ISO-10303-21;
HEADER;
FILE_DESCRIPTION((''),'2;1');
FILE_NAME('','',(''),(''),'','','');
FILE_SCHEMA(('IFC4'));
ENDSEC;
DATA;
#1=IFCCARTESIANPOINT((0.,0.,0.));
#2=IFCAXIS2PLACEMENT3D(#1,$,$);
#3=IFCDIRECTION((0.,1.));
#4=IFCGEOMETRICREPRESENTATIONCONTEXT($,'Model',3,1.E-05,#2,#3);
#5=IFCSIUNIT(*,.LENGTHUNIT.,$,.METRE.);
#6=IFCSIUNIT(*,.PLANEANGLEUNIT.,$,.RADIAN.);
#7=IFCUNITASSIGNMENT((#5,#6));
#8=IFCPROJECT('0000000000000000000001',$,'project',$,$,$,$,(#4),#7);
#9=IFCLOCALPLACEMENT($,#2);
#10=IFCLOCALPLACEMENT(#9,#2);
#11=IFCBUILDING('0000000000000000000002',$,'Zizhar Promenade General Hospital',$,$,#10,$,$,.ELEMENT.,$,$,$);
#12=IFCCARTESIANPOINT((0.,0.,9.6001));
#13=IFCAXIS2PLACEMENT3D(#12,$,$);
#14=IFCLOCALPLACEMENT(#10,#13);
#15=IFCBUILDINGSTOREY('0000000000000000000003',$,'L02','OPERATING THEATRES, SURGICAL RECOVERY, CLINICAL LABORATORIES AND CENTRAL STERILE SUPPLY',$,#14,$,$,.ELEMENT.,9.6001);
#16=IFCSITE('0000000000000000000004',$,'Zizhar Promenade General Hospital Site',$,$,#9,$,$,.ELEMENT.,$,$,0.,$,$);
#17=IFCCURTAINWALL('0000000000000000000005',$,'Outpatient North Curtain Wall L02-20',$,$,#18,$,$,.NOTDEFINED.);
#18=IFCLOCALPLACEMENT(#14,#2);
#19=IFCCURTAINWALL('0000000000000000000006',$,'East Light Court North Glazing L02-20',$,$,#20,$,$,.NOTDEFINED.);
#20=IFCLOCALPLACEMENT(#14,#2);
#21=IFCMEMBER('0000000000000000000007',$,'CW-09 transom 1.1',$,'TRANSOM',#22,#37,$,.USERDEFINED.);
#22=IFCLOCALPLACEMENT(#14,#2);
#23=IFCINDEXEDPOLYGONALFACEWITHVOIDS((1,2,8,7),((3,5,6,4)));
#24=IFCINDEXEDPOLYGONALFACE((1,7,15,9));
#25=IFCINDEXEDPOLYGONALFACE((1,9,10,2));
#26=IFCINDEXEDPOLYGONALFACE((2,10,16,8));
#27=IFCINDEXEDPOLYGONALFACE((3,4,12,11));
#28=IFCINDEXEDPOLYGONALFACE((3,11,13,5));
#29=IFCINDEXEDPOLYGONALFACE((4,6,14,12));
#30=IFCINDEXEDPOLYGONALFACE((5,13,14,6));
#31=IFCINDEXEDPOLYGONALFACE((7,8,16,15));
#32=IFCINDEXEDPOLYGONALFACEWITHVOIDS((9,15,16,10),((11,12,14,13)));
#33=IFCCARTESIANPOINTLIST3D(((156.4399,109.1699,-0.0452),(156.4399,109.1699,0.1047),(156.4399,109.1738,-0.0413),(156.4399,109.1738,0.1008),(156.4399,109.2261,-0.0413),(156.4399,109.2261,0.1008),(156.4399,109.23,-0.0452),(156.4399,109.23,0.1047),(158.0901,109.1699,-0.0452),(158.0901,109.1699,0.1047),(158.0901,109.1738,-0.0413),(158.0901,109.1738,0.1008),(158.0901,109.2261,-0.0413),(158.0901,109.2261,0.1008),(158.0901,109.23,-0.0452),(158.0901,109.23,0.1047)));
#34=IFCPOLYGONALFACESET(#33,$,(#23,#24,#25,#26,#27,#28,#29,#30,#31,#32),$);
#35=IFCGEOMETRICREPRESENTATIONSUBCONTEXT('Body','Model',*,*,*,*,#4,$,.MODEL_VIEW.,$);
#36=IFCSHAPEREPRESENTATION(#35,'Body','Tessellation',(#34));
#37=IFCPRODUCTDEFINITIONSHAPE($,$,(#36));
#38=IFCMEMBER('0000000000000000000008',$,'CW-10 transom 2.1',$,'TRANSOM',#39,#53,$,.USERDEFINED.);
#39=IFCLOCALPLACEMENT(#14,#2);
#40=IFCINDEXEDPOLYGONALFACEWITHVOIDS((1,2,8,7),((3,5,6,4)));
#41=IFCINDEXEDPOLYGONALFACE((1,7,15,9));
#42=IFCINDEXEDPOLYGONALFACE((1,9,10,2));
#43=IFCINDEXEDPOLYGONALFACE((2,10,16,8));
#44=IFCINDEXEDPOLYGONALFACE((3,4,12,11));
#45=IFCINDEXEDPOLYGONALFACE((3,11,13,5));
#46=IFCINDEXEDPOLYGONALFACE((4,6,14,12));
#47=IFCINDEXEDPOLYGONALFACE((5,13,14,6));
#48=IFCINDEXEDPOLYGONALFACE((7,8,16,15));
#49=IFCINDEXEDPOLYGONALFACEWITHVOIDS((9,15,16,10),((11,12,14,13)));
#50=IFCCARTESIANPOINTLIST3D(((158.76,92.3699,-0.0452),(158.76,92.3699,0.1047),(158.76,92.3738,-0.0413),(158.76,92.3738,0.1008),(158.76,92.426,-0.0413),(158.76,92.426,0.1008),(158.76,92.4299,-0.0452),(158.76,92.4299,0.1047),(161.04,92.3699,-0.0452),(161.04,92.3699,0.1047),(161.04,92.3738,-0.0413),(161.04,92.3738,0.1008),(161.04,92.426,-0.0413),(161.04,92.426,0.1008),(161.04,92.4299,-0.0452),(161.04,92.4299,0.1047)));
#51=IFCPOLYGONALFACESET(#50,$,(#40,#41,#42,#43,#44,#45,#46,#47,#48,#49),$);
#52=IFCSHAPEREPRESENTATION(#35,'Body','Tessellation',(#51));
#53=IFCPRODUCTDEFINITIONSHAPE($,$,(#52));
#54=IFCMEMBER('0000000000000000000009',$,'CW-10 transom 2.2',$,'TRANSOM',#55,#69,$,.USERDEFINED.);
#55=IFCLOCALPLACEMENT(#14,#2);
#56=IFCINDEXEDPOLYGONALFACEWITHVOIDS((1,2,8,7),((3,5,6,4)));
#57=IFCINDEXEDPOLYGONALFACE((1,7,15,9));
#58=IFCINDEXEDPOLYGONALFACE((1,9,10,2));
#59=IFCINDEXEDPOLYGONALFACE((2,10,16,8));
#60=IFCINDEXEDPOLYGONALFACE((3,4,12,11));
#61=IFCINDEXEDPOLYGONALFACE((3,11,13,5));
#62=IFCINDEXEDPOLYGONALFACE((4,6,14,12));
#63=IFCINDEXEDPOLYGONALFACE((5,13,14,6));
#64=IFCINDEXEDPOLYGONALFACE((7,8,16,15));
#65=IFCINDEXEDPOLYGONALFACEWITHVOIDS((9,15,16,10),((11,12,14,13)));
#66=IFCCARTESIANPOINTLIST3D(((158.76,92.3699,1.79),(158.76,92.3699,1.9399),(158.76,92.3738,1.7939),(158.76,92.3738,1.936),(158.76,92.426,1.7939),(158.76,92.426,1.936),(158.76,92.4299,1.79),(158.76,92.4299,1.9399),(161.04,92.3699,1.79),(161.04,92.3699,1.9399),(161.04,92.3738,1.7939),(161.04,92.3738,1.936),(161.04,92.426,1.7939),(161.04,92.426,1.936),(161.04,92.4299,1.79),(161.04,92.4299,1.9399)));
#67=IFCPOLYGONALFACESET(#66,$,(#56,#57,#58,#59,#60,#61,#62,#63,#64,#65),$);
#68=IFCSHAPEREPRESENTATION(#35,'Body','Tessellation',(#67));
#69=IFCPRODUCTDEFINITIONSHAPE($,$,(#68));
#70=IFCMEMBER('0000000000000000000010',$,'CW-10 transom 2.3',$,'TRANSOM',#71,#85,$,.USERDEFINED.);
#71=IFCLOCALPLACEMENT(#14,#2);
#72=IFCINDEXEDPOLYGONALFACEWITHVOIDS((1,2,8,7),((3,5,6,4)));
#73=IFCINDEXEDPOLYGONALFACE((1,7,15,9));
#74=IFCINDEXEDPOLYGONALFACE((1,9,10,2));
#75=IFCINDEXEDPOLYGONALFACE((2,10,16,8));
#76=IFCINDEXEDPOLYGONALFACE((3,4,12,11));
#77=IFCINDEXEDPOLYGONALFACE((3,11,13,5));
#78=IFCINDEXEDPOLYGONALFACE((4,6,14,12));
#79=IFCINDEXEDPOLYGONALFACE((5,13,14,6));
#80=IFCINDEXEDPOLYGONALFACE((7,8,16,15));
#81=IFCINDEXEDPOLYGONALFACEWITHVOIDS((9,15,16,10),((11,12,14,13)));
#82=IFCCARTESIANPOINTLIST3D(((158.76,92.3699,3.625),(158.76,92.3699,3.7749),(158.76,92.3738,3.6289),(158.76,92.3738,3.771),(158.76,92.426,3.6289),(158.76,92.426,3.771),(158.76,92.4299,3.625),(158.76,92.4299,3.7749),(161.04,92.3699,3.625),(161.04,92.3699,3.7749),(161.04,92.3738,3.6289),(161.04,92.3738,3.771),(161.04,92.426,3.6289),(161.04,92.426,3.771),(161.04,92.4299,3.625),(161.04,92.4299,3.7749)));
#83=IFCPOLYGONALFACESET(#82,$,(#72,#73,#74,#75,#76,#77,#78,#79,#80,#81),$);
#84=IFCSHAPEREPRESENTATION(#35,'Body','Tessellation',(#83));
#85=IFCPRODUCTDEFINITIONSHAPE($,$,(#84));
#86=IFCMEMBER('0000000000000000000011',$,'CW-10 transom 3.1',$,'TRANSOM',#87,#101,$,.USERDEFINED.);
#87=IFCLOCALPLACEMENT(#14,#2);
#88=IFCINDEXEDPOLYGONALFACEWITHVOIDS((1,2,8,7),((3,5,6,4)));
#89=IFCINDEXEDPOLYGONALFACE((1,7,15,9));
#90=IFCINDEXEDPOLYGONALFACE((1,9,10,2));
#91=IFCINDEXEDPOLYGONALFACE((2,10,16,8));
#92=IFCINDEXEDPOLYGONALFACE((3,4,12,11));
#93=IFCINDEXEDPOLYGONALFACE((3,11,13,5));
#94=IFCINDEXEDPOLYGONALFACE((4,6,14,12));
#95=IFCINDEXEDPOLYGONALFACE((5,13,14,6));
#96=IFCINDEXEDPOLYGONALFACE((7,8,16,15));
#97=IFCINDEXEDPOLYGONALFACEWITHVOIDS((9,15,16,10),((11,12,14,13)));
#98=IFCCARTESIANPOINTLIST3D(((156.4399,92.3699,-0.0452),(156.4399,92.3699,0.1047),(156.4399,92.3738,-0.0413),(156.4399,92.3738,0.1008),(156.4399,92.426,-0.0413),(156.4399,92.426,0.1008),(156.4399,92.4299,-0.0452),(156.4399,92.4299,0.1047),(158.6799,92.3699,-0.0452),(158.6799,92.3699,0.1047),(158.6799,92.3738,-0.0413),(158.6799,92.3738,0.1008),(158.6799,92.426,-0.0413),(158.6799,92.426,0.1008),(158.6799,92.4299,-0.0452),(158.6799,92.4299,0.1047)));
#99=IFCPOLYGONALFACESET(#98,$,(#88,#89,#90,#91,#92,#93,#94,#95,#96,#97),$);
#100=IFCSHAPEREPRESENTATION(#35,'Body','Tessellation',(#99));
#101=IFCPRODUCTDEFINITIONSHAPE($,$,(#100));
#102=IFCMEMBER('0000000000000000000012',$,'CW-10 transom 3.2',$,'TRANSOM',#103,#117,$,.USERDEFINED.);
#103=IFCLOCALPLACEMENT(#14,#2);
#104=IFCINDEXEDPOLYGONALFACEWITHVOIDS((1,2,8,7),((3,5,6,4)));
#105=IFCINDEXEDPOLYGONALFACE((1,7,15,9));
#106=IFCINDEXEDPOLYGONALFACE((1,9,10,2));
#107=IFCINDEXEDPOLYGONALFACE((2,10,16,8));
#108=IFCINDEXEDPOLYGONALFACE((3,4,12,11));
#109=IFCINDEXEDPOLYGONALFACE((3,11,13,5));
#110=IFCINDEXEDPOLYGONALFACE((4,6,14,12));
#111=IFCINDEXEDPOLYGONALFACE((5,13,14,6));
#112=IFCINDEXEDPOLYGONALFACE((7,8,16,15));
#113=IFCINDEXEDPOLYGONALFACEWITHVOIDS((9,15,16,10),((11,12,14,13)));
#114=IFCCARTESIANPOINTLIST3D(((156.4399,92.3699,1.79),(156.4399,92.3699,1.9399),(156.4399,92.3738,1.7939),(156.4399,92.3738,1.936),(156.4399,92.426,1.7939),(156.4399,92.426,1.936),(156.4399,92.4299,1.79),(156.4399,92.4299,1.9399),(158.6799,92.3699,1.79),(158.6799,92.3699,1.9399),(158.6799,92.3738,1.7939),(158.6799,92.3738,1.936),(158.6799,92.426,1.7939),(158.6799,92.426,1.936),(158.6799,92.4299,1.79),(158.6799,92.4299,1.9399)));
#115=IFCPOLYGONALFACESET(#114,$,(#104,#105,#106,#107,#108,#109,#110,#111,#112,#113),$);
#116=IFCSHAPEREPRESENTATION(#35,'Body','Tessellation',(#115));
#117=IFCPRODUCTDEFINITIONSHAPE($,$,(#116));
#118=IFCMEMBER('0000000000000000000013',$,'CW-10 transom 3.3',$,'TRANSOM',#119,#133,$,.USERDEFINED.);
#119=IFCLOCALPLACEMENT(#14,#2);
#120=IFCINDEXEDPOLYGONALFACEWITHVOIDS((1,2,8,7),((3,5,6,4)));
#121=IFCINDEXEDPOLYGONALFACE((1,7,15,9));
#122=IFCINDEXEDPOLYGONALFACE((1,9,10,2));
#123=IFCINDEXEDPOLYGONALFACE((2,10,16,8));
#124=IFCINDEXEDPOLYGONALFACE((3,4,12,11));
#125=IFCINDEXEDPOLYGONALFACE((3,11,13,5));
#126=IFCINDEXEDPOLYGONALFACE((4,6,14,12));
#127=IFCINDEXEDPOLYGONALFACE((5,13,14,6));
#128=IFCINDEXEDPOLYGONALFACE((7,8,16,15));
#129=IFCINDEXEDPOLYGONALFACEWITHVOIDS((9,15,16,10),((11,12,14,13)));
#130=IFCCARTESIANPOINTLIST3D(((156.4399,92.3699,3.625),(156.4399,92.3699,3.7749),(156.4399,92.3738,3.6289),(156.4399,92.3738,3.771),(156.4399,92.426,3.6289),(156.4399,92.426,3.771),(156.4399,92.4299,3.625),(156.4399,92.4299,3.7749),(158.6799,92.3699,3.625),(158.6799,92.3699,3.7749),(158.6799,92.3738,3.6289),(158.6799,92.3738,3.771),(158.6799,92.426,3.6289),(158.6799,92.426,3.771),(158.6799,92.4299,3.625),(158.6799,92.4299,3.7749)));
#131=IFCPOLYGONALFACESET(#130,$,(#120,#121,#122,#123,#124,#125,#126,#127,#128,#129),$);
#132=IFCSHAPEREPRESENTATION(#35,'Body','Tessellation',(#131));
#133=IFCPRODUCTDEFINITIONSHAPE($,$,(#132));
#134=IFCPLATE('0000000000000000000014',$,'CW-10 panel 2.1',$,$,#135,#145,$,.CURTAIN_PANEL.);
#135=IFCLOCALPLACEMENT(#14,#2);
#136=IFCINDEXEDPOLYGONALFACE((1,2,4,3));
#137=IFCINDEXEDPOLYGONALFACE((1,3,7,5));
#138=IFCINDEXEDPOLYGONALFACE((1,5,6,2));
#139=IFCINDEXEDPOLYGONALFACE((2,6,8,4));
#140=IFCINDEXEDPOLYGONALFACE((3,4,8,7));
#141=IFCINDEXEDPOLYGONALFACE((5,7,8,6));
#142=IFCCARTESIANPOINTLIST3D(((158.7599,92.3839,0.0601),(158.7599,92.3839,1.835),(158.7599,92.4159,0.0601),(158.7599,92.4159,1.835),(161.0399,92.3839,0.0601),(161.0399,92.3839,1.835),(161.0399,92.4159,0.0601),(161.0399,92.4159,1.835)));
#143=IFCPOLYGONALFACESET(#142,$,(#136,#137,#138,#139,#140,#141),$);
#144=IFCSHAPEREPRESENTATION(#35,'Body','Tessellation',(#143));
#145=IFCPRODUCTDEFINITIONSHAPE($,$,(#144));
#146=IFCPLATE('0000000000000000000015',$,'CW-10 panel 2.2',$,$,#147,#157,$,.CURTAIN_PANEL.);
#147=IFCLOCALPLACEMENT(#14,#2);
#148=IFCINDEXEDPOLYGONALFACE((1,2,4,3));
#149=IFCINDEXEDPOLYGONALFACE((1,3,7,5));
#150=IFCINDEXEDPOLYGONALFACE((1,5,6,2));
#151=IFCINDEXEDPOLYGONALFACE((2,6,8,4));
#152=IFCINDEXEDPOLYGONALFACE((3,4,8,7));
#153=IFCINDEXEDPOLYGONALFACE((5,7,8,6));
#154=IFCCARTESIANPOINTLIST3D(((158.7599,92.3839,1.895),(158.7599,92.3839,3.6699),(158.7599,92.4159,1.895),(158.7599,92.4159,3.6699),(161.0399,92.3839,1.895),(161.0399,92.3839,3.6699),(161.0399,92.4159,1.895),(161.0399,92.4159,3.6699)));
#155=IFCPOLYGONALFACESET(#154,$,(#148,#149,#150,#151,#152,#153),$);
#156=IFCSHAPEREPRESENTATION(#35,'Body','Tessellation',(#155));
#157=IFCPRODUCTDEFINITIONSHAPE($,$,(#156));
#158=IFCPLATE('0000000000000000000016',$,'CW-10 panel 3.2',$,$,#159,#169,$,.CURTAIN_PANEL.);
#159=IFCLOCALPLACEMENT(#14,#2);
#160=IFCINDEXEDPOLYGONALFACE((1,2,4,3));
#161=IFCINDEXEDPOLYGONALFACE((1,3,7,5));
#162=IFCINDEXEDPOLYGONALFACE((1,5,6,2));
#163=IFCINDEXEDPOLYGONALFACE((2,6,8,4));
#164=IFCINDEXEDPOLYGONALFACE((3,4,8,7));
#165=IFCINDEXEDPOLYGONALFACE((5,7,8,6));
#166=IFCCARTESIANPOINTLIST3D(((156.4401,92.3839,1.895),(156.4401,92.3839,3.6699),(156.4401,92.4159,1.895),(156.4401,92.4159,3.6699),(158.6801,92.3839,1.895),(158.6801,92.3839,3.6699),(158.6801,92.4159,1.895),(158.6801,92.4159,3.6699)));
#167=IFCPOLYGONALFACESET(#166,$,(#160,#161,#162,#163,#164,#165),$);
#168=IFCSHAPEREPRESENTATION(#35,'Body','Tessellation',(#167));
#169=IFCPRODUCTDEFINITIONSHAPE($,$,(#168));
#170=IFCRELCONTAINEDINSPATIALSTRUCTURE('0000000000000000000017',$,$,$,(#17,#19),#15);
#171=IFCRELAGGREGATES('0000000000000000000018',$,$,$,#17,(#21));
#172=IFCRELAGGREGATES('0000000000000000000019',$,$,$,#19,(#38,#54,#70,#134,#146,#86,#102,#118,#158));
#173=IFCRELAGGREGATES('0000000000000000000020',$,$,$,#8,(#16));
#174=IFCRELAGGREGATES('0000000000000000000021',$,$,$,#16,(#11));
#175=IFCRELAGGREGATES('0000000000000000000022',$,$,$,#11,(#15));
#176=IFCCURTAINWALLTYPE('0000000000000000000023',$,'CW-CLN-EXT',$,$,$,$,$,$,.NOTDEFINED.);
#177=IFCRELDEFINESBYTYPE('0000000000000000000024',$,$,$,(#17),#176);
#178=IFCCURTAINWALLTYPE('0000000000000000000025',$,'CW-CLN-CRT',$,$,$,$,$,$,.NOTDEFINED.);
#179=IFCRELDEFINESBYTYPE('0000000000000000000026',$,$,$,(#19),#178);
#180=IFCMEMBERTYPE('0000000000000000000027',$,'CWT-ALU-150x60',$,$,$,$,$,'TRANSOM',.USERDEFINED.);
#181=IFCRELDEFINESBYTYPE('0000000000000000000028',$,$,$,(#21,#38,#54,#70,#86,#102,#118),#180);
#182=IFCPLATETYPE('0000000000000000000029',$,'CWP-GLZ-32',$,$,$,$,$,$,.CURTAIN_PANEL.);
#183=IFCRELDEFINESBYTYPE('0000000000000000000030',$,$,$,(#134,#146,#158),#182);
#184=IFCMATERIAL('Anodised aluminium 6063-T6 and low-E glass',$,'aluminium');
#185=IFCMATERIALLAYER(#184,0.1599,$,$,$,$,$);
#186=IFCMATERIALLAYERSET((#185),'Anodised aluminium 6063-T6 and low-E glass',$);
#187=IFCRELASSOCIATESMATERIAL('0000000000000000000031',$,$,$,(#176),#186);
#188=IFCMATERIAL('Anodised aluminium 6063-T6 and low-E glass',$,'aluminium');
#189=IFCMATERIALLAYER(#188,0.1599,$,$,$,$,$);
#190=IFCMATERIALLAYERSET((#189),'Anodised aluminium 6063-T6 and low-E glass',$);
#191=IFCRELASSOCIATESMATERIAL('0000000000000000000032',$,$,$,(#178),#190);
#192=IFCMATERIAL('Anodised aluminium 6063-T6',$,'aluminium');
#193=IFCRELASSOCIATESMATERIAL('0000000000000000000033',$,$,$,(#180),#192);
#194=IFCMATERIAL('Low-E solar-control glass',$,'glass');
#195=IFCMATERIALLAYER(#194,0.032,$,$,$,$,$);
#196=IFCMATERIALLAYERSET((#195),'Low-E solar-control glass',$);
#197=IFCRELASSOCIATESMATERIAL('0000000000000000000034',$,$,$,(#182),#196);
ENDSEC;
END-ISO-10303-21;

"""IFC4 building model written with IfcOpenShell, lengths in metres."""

from ifc_helpers import new_model, si_unit, direction, frame, origin, origin_2d, place, context, subcontext, project, spatial, rectangle, hollow_rectangle, extrude, material, layer, layer_set, material_profile, profile_set, type_object, element, aggregate, save


model = new_model("IFC4")

# Units and contexts
model_context = context("Model", 3, precision=1e-05, world=origin(), true_north=direction((0.0, 1.0)))
body_context = subcontext(model_context, "Body", "Model", "MODEL_VIEW")
ifc_project = project(units=[si_unit("LENGTHUNIT", "METRE"), si_unit("PLANEANGLEUNIT", "RADIAN")], contexts=[model_context])

# Site, building, storey
site_placement = place(None, origin())
site = spatial("IfcSite", under=ifc_project, at=site_placement, Name="Zizhar Promenade General Hospital Site", CompositionType="ELEMENT", RefElevation=0.0)
building_placement = place(site_placement, origin())
building = spatial("IfcBuilding", under=site, at=building_placement, Name="Zizhar Promenade General Hospital", CompositionType="ELEMENT")
storey_placement = place(building_placement, frame((0.0, 0.0, 9.6001)))
storey = spatial("IfcBuildingStorey", under=building, at=storey_placement, Name="L02", Description="OPERATING THEATRES, SURGICAL RECOVERY, CLINICAL LABORATORIES AND CENTRAL STERILE SUPPLY", CompositionType="ELEMENT", Elevation=9.6001)

# Curtain walls
ifc_material_1 = material(Name="Anodised aluminium 6063-T6 and low-E glass", Category="aluminium")
ifc_layer_1 = layer(ifc_material_1, 0.1599)
ifc_layer_set_1 = layer_set([ifc_layer_1], Name="Anodised aluminium 6063-T6 and low-E glass")
curtain_wall_type_1 = type_object("IfcCurtainWallType", Name="CW-CLN-EXT", PredefinedType="NOTDEFINED", material=ifc_layer_set_1)
curtain_wall_1_placement = place(storey_placement, origin())
curtain_wall_1 = element("IfcCurtainWall", 1, at=curtain_wall_1_placement, inside=storey, type_object=curtain_wall_type_1, Name="Outpatient North Curtain Wall L02-20", PredefinedType="NOTDEFINED")
ifc_material_2 = material(Name="Anodised aluminium 6063-T6 and low-E glass", Category="aluminium")
ifc_layer_2 = layer(ifc_material_2, 0.1599)
ifc_layer_set_2 = layer_set([ifc_layer_2], Name="Anodised aluminium 6063-T6 and low-E glass")
curtain_wall_type_2 = type_object("IfcCurtainWallType", Name="CW-CLN-CRT", PredefinedType="NOTDEFINED", material=ifc_layer_set_2)
curtain_wall_2_placement = place(storey_placement, origin())
curtain_wall_2 = element("IfcCurtainWall", 2, at=curtain_wall_2_placement, inside=storey, type_object=curtain_wall_type_2, Name="East Light Court North Glazing L02-20", PredefinedType="NOTDEFINED")

# Members
ifc_material_3 = material(Name="Anodised aluminium 6063-T6", Category="aluminium")
ifc_material_profile_1 = material_profile(ifc_material_3, hollow_rectangle(XDim=0.0601, YDim=0.1499, WallThickness=0.0039, at=origin_2d()))
ifc_profile_set_1 = profile_set([ifc_material_profile_1], Name="Anodised aluminium 6063-T6")
member_type_1 = type_object("IfcMemberType", Name="CWT-ALU-150x60", ElementType="TRANSOM", PredefinedType="USERDEFINED", material=ifc_profile_set_1)
member_1_placement = place(storey_placement, frame((156.4399, 109.2, 0.0298), z_axis=(1.0, 0.0, 0.0), x_axis=(0.0, 1.0, 0.0)))
member_1 = element("IfcMember", 3, at=member_1_placement, type_object=member_type_1, Name="CW-09 transom 1.1", ObjectType="TRANSOM", PredefinedType="USERDEFINED", context=body_context, shape_type="SweptSolid", body=[
    extrude(hollow_rectangle(XDim=0.0601, YDim=0.1499, WallThickness=0.0039, at=origin_2d()), origin(), (0.0, 0.0, 1.0), 1.6501),
])
aggregate(curtain_wall_1, [member_1])
member_2_placement = place(storey_placement, frame((161.04, 92.3999, 0.0298), z_axis=(-1.0, 0.0, 0.0), x_axis=(0.0, -1.0, 0.0)))
member_2 = element("IfcMember", 4, at=member_2_placement, type_object=member_type_1, Name="CW-10 transom 2.1", ObjectType="TRANSOM", PredefinedType="USERDEFINED", context=body_context, shape_type="SweptSolid", body=[
    extrude(hollow_rectangle(XDim=0.0601, YDim=0.1499, WallThickness=0.0039, at=origin_2d()), origin(), (0.0, 0.0, 1.0), 2.28),
])
member_3_placement = place(storey_placement, frame((161.04, 92.3999, 1.865), z_axis=(-1.0, 0.0, 0.0), x_axis=(0.0, -1.0, 0.0)))
member_3 = element("IfcMember", 5, at=member_3_placement, type_object=member_type_1, Name="CW-10 transom 2.2", ObjectType="TRANSOM", PredefinedType="USERDEFINED", context=body_context, shape_type="SweptSolid", body=[
    extrude(hollow_rectangle(XDim=0.0601, YDim=0.1499, WallThickness=0.0039, at=origin_2d()), origin(), (0.0, 0.0, 1.0), 2.28),
])
member_4_placement = place(storey_placement, frame((161.04, 92.3999, 3.7), z_axis=(-1.0, 0.0, 0.0), x_axis=(0.0, -1.0, 0.0)))
member_4 = element("IfcMember", 6, at=member_4_placement, type_object=member_type_1, Name="CW-10 transom 2.3", ObjectType="TRANSOM", PredefinedType="USERDEFINED", context=body_context, shape_type="SweptSolid", body=[
    extrude(hollow_rectangle(XDim=0.0601, YDim=0.1499, WallThickness=0.0039, at=origin_2d()), origin(), (0.0, 0.0, 1.0), 2.28),
])
member_5_placement = place(storey_placement, frame((158.6799, 92.3999, 0.0298), z_axis=(-1.0, 0.0, 0.0), x_axis=(0.0, -1.0, 0.0)))
member_5 = element("IfcMember", 7, at=member_5_placement, type_object=member_type_1, Name="CW-10 transom 3.1", ObjectType="TRANSOM", PredefinedType="USERDEFINED", context=body_context, shape_type="SweptSolid", body=[
    extrude(hollow_rectangle(XDim=0.0601, YDim=0.1499, WallThickness=0.0039, at=origin_2d()), origin(), (0.0, 0.0, 1.0), 2.24),
])
member_6_placement = place(storey_placement, frame((158.6799, 92.3999, 1.865), z_axis=(-1.0, 0.0, 0.0), x_axis=(0.0, -1.0, 0.0)))
member_6 = element("IfcMember", 8, at=member_6_placement, type_object=member_type_1, Name="CW-10 transom 3.2", ObjectType="TRANSOM", PredefinedType="USERDEFINED", context=body_context, shape_type="SweptSolid", body=[
    extrude(hollow_rectangle(XDim=0.0601, YDim=0.1499, WallThickness=0.0039, at=origin_2d()), origin(), (0.0, 0.0, 1.0), 2.24),
])
member_7_placement = place(storey_placement, frame((158.6799, 92.3999, 3.7), z_axis=(-1.0, 0.0, 0.0), x_axis=(0.0, -1.0, 0.0)))
member_7 = element("IfcMember", 9, at=member_7_placement, type_object=member_type_1, Name="CW-10 transom 3.3", ObjectType="TRANSOM", PredefinedType="USERDEFINED", context=body_context, shape_type="SweptSolid", body=[
    extrude(hollow_rectangle(XDim=0.0601, YDim=0.1499, WallThickness=0.0039, at=origin_2d()), origin(), (0.0, 0.0, 1.0), 2.24),
])

# Plates
ifc_material_4 = material(Name="Low-E solar-control glass", Category="glass")
ifc_layer_3 = layer(ifc_material_4, 0.032)
ifc_layer_set_3 = layer_set([ifc_layer_3], Name="Low-E solar-control glass")
plate_type = type_object("IfcPlateType", Name="CWP-GLZ-32", PredefinedType="CURTAIN_PANEL", material=ifc_layer_set_3)
plate_1_placement = place(storey_placement, frame((159.8999, 92.3999, 0.0601), z_axis=(0.0, 0.0, 1.0), x_axis=(-1.0, 0.0, 0.0)))
plate_1 = element("IfcPlate", 10, at=plate_1_placement, type_object=plate_type, Name="CW-10 panel 2.1", PredefinedType="CURTAIN_PANEL", context=body_context, shape_type="SweptSolid", body=[
    extrude(rectangle(XDim=2.28, YDim=0.032, at=origin_2d()), origin(), (0.0, 0.0, 1.0), 1.7749),
])
plate_2_placement = place(storey_placement, frame((159.8999, 92.3999, 1.895), z_axis=(0.0, 0.0, 1.0), x_axis=(-1.0, 0.0, 0.0)))
plate_2 = element("IfcPlate", 11, at=plate_2_placement, type_object=plate_type, Name="CW-10 panel 2.2", PredefinedType="CURTAIN_PANEL", context=body_context, shape_type="SweptSolid", body=[
    extrude(rectangle(XDim=2.28, YDim=0.032, at=origin_2d()), origin(), (0.0, 0.0, 1.0), 1.7749),
])
plate_3_placement = place(storey_placement, frame((157.5601, 92.3999, 1.895), z_axis=(0.0, 0.0, 1.0), x_axis=(-1.0, 0.0, 0.0)))
plate_3 = element("IfcPlate", 12, at=plate_3_placement, type_object=plate_type, Name="CW-10 panel 3.2", PredefinedType="CURTAIN_PANEL", context=body_context, shape_type="SweptSolid", body=[
    extrude(rectangle(XDim=2.24, YDim=0.032, at=origin_2d()), origin(), (0.0, 0.0, 1.0), 1.7749),
])
aggregate(curtain_wall_2, [member_2, member_3, member_4, plate_1, plate_2, member_5, member_6, member_7, plate_3])

save(model, "model.ifc")
